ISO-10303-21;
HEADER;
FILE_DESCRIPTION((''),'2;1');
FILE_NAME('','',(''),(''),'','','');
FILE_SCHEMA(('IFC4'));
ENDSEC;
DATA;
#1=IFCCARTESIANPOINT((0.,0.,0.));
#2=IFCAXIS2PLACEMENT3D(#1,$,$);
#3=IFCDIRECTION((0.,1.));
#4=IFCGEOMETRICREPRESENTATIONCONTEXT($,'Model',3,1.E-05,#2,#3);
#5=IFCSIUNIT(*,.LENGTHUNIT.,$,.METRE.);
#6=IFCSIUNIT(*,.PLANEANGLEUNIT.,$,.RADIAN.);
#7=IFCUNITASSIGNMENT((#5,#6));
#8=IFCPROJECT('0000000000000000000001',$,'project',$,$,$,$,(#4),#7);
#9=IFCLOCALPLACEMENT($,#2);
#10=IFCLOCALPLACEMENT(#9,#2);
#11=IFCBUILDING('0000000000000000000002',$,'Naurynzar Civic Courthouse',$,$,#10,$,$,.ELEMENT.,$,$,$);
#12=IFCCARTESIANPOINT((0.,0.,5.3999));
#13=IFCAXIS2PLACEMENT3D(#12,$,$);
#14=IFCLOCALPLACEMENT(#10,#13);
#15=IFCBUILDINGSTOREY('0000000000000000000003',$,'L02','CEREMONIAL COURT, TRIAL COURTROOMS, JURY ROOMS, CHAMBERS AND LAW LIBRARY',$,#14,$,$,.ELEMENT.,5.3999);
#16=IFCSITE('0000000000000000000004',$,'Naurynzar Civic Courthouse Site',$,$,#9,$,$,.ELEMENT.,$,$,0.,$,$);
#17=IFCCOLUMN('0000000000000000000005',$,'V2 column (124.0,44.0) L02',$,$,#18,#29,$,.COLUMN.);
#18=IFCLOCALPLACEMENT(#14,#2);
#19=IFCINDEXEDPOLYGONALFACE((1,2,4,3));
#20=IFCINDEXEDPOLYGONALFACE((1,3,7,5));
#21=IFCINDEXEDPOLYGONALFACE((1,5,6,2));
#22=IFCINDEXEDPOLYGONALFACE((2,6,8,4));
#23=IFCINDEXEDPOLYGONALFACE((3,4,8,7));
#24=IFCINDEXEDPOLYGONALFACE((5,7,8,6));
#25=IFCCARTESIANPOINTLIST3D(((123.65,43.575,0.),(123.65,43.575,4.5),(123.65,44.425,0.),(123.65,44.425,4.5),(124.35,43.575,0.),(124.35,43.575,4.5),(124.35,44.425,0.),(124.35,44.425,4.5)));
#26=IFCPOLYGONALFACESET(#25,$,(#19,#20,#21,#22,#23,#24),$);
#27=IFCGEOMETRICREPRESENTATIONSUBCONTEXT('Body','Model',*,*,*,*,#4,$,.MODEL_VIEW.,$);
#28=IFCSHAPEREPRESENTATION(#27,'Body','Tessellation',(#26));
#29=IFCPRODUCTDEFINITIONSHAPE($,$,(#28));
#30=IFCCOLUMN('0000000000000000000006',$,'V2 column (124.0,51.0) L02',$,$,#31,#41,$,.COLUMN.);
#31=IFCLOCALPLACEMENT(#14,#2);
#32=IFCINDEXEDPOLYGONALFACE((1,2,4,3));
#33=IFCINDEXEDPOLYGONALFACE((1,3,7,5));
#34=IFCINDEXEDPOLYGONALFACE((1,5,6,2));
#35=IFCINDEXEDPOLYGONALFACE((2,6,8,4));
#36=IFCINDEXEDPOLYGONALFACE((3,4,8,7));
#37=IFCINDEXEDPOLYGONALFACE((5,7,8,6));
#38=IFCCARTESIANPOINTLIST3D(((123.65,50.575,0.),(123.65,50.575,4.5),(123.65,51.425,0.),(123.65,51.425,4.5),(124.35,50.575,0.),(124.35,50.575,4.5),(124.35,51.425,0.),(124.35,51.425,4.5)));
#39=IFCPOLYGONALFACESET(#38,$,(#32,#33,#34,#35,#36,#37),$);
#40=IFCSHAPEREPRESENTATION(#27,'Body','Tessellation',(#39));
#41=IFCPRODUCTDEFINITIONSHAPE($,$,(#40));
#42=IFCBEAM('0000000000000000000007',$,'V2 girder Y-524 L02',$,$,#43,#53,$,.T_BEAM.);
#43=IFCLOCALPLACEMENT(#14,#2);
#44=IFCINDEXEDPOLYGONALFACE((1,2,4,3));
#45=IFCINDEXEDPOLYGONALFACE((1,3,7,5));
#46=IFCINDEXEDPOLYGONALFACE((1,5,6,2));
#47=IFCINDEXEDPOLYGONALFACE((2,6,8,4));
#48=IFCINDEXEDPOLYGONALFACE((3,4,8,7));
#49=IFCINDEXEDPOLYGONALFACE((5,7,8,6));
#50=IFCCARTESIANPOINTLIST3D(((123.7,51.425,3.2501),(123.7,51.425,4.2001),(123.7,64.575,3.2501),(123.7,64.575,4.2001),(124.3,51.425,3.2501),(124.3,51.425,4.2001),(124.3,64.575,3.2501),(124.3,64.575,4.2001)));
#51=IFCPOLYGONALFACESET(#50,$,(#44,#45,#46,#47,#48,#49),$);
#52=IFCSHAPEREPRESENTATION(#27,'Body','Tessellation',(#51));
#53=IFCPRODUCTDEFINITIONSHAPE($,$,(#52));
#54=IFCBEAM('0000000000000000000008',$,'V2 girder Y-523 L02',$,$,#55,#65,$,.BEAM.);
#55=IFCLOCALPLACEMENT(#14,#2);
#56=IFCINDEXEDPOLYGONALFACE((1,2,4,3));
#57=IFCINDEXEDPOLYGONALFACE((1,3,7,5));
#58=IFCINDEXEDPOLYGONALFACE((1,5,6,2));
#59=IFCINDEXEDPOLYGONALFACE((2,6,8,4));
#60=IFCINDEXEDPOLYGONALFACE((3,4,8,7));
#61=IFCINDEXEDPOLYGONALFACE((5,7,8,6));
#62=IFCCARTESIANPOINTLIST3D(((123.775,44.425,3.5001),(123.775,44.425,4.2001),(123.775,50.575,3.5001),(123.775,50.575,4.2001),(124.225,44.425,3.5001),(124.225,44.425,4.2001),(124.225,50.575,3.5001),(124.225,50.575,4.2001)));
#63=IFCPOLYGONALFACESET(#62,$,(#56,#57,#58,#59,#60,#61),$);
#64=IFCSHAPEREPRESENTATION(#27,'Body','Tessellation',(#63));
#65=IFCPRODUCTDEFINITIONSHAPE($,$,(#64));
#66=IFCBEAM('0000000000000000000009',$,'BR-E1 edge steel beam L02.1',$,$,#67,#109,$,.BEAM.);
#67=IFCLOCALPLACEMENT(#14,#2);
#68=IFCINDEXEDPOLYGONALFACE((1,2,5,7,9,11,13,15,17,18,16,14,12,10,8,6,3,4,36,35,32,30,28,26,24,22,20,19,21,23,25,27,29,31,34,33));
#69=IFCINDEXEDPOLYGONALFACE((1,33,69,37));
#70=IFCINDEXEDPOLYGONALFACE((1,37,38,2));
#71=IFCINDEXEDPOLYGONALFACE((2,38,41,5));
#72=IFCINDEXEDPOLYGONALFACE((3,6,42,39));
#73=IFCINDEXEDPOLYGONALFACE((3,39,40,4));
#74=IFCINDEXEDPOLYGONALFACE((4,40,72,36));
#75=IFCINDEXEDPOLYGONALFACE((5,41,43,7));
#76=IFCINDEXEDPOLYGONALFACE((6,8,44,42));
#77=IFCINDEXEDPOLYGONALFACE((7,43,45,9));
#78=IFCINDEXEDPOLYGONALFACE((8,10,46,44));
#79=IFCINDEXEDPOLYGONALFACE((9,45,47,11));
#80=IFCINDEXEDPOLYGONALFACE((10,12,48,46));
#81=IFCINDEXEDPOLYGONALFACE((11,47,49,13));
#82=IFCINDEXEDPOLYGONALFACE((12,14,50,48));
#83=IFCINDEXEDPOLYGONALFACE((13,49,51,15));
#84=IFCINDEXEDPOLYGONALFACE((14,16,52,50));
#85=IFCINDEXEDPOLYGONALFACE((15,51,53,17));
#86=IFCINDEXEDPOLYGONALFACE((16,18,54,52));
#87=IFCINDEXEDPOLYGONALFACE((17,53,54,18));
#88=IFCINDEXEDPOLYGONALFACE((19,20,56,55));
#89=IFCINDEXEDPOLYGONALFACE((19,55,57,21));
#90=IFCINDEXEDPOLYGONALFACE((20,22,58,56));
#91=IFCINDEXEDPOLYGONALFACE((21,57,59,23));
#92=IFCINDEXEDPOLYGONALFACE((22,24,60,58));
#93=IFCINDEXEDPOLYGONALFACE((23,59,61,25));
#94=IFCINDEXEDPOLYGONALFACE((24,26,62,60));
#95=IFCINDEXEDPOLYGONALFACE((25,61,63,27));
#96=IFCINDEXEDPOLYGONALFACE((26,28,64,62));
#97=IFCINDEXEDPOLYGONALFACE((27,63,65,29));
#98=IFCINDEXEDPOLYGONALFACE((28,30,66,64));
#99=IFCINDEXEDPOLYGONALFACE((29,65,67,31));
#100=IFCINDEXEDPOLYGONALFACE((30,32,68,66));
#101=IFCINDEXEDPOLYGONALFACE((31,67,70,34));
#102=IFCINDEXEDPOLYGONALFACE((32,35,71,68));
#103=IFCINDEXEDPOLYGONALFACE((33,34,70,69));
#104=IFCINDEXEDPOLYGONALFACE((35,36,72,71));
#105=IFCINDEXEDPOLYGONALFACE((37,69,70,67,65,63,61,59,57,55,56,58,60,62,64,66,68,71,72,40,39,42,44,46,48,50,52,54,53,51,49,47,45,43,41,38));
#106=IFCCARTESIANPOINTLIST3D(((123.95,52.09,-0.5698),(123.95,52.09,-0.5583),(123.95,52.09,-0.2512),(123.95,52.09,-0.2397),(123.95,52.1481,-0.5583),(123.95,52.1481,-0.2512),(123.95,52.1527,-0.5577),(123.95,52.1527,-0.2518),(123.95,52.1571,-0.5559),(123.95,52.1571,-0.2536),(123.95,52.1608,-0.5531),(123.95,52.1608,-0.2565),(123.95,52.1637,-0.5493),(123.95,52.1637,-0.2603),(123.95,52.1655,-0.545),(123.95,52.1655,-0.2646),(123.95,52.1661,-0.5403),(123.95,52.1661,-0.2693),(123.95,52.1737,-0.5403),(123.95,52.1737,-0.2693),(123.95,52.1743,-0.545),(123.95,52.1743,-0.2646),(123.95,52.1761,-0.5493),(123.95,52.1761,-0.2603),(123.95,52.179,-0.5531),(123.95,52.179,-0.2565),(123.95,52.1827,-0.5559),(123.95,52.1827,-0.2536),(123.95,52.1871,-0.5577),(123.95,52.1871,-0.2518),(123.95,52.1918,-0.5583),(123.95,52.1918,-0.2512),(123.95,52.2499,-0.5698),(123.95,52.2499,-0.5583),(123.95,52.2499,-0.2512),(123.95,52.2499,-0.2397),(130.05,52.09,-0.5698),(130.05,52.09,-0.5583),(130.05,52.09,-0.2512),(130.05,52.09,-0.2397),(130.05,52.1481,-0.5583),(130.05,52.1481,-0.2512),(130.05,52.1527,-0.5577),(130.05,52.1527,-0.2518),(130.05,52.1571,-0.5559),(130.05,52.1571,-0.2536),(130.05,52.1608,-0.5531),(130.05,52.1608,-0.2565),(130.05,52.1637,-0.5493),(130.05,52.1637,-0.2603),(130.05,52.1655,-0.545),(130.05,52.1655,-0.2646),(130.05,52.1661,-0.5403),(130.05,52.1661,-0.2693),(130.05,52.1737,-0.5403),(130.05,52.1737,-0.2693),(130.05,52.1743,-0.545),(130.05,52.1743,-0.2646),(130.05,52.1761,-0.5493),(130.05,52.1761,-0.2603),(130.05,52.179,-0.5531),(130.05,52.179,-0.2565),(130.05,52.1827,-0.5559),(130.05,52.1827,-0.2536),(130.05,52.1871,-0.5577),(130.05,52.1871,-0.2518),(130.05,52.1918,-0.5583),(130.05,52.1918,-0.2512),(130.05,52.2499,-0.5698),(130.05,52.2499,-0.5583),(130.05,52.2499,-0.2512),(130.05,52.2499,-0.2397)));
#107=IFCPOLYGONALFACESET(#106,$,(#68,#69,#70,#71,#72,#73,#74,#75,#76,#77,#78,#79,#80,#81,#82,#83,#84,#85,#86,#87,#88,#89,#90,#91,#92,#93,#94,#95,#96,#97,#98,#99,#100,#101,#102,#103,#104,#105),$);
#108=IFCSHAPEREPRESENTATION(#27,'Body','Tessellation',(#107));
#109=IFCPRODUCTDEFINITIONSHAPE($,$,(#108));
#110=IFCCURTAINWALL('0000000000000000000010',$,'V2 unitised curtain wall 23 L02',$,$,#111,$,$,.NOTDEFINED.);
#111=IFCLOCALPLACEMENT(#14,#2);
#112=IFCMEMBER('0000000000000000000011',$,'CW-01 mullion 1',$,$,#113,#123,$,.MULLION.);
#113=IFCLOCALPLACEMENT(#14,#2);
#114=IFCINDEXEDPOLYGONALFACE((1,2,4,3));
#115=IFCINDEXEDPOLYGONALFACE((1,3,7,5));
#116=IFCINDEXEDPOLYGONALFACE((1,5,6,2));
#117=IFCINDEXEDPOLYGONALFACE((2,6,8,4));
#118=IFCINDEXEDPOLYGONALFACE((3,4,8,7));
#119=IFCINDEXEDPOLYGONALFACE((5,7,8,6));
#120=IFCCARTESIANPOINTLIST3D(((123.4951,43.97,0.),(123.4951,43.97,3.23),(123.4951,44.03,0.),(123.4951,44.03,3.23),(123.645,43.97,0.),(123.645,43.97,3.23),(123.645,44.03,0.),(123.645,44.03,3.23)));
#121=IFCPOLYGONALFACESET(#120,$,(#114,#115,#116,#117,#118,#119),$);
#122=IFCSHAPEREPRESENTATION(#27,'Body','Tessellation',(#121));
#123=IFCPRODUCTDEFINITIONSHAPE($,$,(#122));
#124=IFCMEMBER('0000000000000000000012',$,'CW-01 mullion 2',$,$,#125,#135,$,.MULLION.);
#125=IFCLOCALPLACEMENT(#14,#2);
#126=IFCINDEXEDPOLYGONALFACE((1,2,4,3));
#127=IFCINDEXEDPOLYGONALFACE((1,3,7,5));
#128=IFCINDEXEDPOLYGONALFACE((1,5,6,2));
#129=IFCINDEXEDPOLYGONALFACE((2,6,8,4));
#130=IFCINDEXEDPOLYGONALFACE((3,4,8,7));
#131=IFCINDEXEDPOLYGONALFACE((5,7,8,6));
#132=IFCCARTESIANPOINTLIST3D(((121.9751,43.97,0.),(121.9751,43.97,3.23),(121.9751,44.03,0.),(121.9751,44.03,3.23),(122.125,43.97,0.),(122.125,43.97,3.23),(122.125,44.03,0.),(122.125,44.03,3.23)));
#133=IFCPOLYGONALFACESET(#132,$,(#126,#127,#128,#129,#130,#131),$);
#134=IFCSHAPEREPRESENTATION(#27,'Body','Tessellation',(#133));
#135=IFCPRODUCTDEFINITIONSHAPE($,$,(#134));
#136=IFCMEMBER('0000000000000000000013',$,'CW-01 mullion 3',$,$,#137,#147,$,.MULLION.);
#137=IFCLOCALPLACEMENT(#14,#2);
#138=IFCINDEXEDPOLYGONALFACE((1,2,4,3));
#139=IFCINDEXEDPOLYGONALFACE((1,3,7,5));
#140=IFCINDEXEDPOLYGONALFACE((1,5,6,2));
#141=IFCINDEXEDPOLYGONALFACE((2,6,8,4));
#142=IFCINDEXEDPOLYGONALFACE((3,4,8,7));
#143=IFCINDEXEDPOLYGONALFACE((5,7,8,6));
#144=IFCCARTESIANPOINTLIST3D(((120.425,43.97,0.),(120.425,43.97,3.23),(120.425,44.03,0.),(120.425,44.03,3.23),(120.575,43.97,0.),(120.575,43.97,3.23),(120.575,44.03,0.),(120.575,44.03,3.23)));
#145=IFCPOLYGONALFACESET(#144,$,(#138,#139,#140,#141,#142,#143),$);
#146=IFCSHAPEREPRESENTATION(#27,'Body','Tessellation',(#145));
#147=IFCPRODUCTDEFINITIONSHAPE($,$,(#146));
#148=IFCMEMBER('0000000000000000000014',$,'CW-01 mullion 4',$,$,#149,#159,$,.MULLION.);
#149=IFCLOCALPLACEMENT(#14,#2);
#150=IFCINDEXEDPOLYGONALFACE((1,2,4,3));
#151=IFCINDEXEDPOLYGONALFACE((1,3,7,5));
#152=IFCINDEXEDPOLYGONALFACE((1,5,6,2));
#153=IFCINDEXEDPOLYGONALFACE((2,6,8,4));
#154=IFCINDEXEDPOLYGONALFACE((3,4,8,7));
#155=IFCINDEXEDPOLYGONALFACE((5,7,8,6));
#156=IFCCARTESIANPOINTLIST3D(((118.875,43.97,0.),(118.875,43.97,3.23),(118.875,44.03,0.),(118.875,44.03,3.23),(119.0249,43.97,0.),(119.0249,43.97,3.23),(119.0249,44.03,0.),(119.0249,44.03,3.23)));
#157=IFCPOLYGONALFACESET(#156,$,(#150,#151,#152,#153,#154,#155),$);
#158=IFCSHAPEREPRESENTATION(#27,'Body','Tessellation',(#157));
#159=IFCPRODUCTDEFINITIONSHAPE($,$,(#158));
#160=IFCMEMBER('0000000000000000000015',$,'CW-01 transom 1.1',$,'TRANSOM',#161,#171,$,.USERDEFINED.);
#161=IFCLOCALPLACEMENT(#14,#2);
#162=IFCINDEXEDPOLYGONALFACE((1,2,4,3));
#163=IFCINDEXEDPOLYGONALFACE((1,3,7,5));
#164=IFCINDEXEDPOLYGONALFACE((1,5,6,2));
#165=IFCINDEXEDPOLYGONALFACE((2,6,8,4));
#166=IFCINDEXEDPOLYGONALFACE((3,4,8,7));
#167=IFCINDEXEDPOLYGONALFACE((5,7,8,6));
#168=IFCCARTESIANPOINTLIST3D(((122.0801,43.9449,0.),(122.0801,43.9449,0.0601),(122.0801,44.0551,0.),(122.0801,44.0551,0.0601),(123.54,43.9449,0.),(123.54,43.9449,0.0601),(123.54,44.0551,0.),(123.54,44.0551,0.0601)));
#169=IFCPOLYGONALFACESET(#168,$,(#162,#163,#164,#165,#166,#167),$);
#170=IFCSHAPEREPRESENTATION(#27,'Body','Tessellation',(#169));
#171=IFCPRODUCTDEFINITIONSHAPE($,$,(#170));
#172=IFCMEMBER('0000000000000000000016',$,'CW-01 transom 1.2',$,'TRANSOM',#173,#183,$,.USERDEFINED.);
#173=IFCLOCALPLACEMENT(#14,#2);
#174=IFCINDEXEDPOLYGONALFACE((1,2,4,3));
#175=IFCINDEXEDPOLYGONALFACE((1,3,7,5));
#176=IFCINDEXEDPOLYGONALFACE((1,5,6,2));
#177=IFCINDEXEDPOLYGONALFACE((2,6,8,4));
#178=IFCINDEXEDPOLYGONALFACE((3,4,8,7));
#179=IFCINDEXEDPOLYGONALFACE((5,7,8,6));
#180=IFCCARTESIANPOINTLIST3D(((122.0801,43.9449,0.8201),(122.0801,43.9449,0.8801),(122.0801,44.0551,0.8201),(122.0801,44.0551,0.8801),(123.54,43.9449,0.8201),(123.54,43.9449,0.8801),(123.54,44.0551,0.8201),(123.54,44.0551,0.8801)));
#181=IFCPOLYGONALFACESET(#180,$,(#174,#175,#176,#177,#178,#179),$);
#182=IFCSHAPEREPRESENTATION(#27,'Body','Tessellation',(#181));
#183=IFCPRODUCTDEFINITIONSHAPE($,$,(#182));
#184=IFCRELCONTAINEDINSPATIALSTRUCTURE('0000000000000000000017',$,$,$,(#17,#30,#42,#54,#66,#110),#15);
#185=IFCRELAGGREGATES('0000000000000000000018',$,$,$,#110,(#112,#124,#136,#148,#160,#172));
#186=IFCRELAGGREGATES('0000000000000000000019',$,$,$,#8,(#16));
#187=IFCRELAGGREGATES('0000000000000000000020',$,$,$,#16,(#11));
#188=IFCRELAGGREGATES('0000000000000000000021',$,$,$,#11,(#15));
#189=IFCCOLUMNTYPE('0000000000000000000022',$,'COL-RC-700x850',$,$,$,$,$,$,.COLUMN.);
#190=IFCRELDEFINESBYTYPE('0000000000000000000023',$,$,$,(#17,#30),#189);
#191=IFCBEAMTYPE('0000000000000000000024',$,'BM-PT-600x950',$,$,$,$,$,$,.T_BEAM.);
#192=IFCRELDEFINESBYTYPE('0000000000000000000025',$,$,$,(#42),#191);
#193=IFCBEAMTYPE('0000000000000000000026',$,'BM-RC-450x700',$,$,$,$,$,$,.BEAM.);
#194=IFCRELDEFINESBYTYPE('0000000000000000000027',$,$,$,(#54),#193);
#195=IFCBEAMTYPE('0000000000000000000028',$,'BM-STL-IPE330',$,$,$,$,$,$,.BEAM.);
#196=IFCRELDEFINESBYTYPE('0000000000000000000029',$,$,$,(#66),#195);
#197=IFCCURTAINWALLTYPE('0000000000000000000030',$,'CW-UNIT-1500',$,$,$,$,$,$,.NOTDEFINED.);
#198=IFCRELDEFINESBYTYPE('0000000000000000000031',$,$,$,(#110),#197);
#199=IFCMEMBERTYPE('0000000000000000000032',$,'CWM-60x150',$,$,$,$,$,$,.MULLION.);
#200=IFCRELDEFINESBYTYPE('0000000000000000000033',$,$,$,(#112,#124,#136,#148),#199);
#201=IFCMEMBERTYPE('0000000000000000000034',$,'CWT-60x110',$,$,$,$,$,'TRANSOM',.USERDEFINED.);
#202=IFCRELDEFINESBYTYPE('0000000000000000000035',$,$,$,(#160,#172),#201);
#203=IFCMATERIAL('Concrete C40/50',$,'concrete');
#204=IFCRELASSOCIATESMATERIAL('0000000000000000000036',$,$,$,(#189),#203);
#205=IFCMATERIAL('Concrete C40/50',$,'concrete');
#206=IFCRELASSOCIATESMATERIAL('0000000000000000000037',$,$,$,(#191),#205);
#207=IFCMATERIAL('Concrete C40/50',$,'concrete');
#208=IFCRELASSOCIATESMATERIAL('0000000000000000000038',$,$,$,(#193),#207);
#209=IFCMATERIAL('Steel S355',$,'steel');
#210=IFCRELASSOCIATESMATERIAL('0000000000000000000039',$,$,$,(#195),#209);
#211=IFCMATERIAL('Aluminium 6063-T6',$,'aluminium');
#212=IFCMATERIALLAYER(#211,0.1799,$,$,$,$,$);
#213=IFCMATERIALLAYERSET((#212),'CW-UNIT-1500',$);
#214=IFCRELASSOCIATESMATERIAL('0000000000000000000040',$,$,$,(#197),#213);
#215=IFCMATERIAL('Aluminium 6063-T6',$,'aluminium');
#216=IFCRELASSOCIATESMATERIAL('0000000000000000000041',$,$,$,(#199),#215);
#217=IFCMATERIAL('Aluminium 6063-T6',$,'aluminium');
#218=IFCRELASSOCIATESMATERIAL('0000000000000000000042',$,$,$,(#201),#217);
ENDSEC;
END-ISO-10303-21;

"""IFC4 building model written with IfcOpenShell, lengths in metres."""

from ifc_helpers import new_model, si_unit, direction, frame, origin, origin_2d, place, context, subcontext, project, spatial, rectangle, i_section, extrude, material, layer, layer_set, material_profile, profile_set, type_object, element, aggregate, save


model = new_model("IFC4")

# Units and contexts
model_context = context("Model", 3, precision=1e-05, world=origin(), true_north=direction((0.0, 1.0)))
body_context = subcontext(model_context, "Body", "Model", "MODEL_VIEW")
ifc_project = project(units=[si_unit("LENGTHUNIT", "METRE"), si_unit("PLANEANGLEUNIT", "RADIAN")], contexts=[model_context])

# Site, building, storey
site_placement = place(None, origin())
site = spatial("IfcSite", under=ifc_project, at=site_placement, Name="Naurynzar Civic Courthouse Site", CompositionType="ELEMENT", RefElevation=0.0)
building_placement = place(site_placement, origin())
building = spatial("IfcBuilding", under=site, at=building_placement, Name="Naurynzar Civic Courthouse", CompositionType="ELEMENT")
storey_placement = place(building_placement, frame((0.0, 0.0, 5.3999)))
storey = spatial("IfcBuildingStorey", under=building, at=storey_placement, Name="L02", Description="CEREMONIAL COURT, TRIAL COURTROOMS, JURY ROOMS, CHAMBERS AND LAW LIBRARY", CompositionType="ELEMENT", Elevation=5.3999)

# Columns
ifc_material_1 = material(Name="Concrete C40/50", Category="concrete")
ifc_material_profile_1 = material_profile(ifc_material_1, rectangle(XDim=0.7, YDim=0.8501, at=origin_2d()), Name="RC 700x850")
ifc_profile_set_1 = profile_set([ifc_material_profile_1], Name="Concrete C40/50")
column_type = type_object("IfcColumnType", Name="COL-RC-700x850", PredefinedType="COLUMN", material=ifc_profile_set_1)
for number, where, z_axis, x_axis, name in (
    (1, (124.0, 44.0, 0.0), (0.0, 0.0, 1.0), (1.0, 0.0, 0.0), "V2 column (124.0,44.0) L02"),
    (2, (124.0, 51.0, 0.0), (0.0, 0.0, 1.0), (1.0, 0.0, 0.0), "V2 column (124.0,51.0) L02"),
):
    element("IfcColumn", number, at=place(storey_placement, frame(where, z_axis=z_axis, x_axis=x_axis)), inside=storey, type_object=column_type, Name=name, PredefinedType="COLUMN", context=body_context, shape_type="SweptSolid", body=[
        extrude(rectangle(XDim=0.7, YDim=0.8501, at=origin_2d()), origin(), (0.0, 0.0, 1.0), 4.5),
    ])

# Beams
ifc_material_2 = material(Name="Concrete C40/50", Category="concrete")
ifc_material_profile_2 = material_profile(ifc_material_2, rectangle(XDim=0.6001, YDim=0.95, at=origin_2d()), Name="PTB 600x950")
ifc_profile_set_2 = profile_set([ifc_material_profile_2], Name="Concrete C40/50")
beam_type_1 = type_object("IfcBeamType", Name="BM-PT-600x950", PredefinedType="T_BEAM", material=ifc_profile_set_2)
beam_1_placement = place(storey_placement, frame((124.0, 51.425, 3.7251), z_axis=(0.0, 1.0, 0.0), x_axis=(-1.0, 0.0, 0.0)))
element("IfcBeam", 3, at=beam_1_placement, inside=storey, type_object=beam_type_1, Name="V2 girder Y-524 L02", PredefinedType="T_BEAM", context=body_context, shape_type="SweptSolid", body=[
    extrude(rectangle(XDim=0.6001, YDim=0.95, at=origin_2d()), origin(), (0.0, 0.0, 1.0), 13.1499),
])
ifc_material_3 = material(Name="Concrete C40/50", Category="concrete")
ifc_material_profile_3 = material_profile(ifc_material_3, rectangle(XDim=0.45, YDim=0.7, at=origin_2d()), Name="RCB 450x700")
ifc_profile_set_3 = profile_set([ifc_material_profile_3], Name="Concrete C40/50")
beam_type_2 = type_object("IfcBeamType", Name="BM-RC-450x700", PredefinedType="BEAM", material=ifc_profile_set_3)
beam_2_placement = place(storey_placement, frame((124.0, 44.425, 3.8501), z_axis=(0.0, 1.0, 0.0), x_axis=(-1.0, 0.0, 0.0)))
element("IfcBeam", 4, at=beam_2_placement, inside=storey, type_object=beam_type_2, Name="V2 girder Y-523 L02", PredefinedType="BEAM", context=body_context, shape_type="SweptSolid", body=[
    extrude(rectangle(XDim=0.45, YDim=0.7, at=origin_2d()), origin(), (0.0, 0.0, 1.0), 6.1499),
])
ifc_material_4 = material(Name="Steel S355", Category="steel")
ifc_material_profile_4 = material_profile(ifc_material_4, i_section(OverallWidth=0.1599, OverallDepth=0.3301, WebThickness=0.0076, FlangeThickness=0.0115, FilletRadius=0.0181, at=origin_2d()), Name="IPE 330")
ifc_profile_set_4 = profile_set([ifc_material_profile_4], Name="Steel S355")
beam_type_3 = type_object("IfcBeamType", Name="BM-STL-IPE330", PredefinedType="BEAM", material=ifc_profile_set_4)
beam_3_placement = place(storey_placement, frame((123.95, 52.1699, -0.4048), z_axis=(1.0, 0.0, 0.0), x_axis=(0.0, 1.0, 0.0)))
element("IfcBeam", 5, at=beam_3_placement, inside=storey, type_object=beam_type_3, Name="BR-E1 edge steel beam L02.1", PredefinedType="BEAM", context=body_context, shape_type="SweptSolid", body=[
    extrude(i_section(OverallWidth=0.1599, OverallDepth=0.3301, WebThickness=0.0076, FlangeThickness=0.0115, FilletRadius=0.0181, at=origin_2d()), origin(), (0.0, 0.0, 1.0), 6.1001),
])

# Curtain wall, members
ifc_material_5 = material(Name="Aluminium 6063-T6", Category="aluminium")
ifc_layer_1 = layer(ifc_material_5, 0.1799)
ifc_layer_set_1 = layer_set([ifc_layer_1], Name="CW-UNIT-1500")
curtain_wall_type = type_object("IfcCurtainWallType", Name="CW-UNIT-1500", PredefinedType="NOTDEFINED", material=ifc_layer_set_1)
curtain_wall_placement = place(storey_placement, origin())
curtain_wall = element("IfcCurtainWall", 6, at=curtain_wall_placement, inside=storey, type_object=curtain_wall_type, Name="V2 unitised curtain wall 23 L02", PredefinedType="NOTDEFINED")
ifc_material_6 = material(Name="Aluminium 6063-T6", Category="aluminium")
ifc_material_profile_5 = material_profile(ifc_material_6, rectangle(XDim=0.0601, YDim=0.1499, at=origin_2d()), Name="ALU MULLION 60x150")
ifc_profile_set_5 = profile_set([ifc_material_profile_5], Name="Aluminium 6063-T6")
member_type_1 = type_object("IfcMemberType", Name="CWM-60x150", PredefinedType="MULLION", material=ifc_profile_set_5)
member_1_placement = place(storey_placement, frame((123.5701, 44.0, 0.0), z_axis=(0.0, 0.0, 1.0), x_axis=(0.0, -1.0, 0.0)))
member_1 = element("IfcMember", 7, at=member_1_placement, type_object=member_type_1, Name="CW-01 mullion 1", PredefinedType="MULLION", context=body_context, shape_type="SweptSolid", body=[
    extrude(rectangle(XDim=0.0601, YDim=0.1499, at=origin_2d()), origin(), (0.0, 0.0, 1.0), 3.23),
])
member_2_placement = place(storey_placement, frame((122.05, 44.0, 0.0), z_axis=(0.0, 0.0, 1.0), x_axis=(0.0, -1.0, 0.0)))
member_2 = element("IfcMember", 8, at=member_2_placement, type_object=member_type_1, Name="CW-01 mullion 2", PredefinedType="MULLION", context=body_context, shape_type="SweptSolid", body=[
    extrude(rectangle(XDim=0.0601, YDim=0.1499, at=origin_2d()), origin(), (0.0, 0.0, 1.0), 3.23),
])
member_3_placement = place(storey_placement, frame((120.5, 44.0, 0.0), z_axis=(0.0, 0.0, 1.0), x_axis=(0.0, -1.0, 0.0)))
member_3 = element("IfcMember", 9, at=member_3_placement, type_object=member_type_1, Name="CW-01 mullion 3", PredefinedType="MULLION", context=body_context, shape_type="SweptSolid", body=[
    extrude(rectangle(XDim=0.0601, YDim=0.1499, at=origin_2d()), origin(), (0.0, 0.0, 1.0), 3.23),
])
member_4_placement = place(storey_placement, frame((118.95, 44.0, 0.0), z_axis=(0.0, 0.0, 1.0), x_axis=(0.0, -1.0, 0.0)))
member_4 = element("IfcMember", 10, at=member_4_placement, type_object=member_type_1, Name="CW-01 mullion 4", PredefinedType="MULLION", context=body_context, shape_type="SweptSolid", body=[
    extrude(rectangle(XDim=0.0601, YDim=0.1499, at=origin_2d()), origin(), (0.0, 0.0, 1.0), 3.23),
])
ifc_material_7 = material(Name="Aluminium 6063-T6", Category="aluminium")
ifc_material_profile_6 = material_profile(ifc_material_7, rectangle(XDim=0.1101, YDim=0.0601, at=origin_2d()), Name="ALU TRANSOM 60x110")
ifc_profile_set_6 = profile_set([ifc_material_profile_6], Name="Aluminium 6063-T6")
member_type_2 = type_object("IfcMemberType", Name="CWT-60x110", ElementType="TRANSOM", PredefinedType="USERDEFINED", material=ifc_profile_set_6)
member_5_placement = place(storey_placement, frame((123.54, 44.0, 0.03), z_axis=(-1.0, 0.0, 0.0), x_axis=(0.0, -1.0, 0.0)))
member_5 = element("IfcMember", 11, at=member_5_placement, type_object=member_type_2, Name="CW-01 transom 1.1", ObjectType="TRANSOM", PredefinedType="USERDEFINED", context=body_context, shape_type="SweptSolid", body=[
    extrude(rectangle(XDim=0.1101, YDim=0.0601, at=origin_2d()), origin(), (0.0, 0.0, 1.0), 1.46),
])
member_6_placement = place(storey_placement, frame((123.54, 44.0, 0.8501), z_axis=(-1.0, 0.0, 0.0), x_axis=(0.0, -1.0, 0.0)))
member_6 = element("IfcMember", 12, at=member_6_placement, type_object=member_type_2, Name="CW-01 transom 1.2", ObjectType="TRANSOM", PredefinedType="USERDEFINED", context=body_context, shape_type="SweptSolid", body=[
    extrude(rectangle(XDim=0.1101, YDim=0.0601, at=origin_2d()), origin(), (0.0, 0.0, 1.0), 1.46),
])
aggregate(curtain_wall, [member_1, member_2, member_3, member_4, member_5, member_6])

save(model, "model.ifc")
